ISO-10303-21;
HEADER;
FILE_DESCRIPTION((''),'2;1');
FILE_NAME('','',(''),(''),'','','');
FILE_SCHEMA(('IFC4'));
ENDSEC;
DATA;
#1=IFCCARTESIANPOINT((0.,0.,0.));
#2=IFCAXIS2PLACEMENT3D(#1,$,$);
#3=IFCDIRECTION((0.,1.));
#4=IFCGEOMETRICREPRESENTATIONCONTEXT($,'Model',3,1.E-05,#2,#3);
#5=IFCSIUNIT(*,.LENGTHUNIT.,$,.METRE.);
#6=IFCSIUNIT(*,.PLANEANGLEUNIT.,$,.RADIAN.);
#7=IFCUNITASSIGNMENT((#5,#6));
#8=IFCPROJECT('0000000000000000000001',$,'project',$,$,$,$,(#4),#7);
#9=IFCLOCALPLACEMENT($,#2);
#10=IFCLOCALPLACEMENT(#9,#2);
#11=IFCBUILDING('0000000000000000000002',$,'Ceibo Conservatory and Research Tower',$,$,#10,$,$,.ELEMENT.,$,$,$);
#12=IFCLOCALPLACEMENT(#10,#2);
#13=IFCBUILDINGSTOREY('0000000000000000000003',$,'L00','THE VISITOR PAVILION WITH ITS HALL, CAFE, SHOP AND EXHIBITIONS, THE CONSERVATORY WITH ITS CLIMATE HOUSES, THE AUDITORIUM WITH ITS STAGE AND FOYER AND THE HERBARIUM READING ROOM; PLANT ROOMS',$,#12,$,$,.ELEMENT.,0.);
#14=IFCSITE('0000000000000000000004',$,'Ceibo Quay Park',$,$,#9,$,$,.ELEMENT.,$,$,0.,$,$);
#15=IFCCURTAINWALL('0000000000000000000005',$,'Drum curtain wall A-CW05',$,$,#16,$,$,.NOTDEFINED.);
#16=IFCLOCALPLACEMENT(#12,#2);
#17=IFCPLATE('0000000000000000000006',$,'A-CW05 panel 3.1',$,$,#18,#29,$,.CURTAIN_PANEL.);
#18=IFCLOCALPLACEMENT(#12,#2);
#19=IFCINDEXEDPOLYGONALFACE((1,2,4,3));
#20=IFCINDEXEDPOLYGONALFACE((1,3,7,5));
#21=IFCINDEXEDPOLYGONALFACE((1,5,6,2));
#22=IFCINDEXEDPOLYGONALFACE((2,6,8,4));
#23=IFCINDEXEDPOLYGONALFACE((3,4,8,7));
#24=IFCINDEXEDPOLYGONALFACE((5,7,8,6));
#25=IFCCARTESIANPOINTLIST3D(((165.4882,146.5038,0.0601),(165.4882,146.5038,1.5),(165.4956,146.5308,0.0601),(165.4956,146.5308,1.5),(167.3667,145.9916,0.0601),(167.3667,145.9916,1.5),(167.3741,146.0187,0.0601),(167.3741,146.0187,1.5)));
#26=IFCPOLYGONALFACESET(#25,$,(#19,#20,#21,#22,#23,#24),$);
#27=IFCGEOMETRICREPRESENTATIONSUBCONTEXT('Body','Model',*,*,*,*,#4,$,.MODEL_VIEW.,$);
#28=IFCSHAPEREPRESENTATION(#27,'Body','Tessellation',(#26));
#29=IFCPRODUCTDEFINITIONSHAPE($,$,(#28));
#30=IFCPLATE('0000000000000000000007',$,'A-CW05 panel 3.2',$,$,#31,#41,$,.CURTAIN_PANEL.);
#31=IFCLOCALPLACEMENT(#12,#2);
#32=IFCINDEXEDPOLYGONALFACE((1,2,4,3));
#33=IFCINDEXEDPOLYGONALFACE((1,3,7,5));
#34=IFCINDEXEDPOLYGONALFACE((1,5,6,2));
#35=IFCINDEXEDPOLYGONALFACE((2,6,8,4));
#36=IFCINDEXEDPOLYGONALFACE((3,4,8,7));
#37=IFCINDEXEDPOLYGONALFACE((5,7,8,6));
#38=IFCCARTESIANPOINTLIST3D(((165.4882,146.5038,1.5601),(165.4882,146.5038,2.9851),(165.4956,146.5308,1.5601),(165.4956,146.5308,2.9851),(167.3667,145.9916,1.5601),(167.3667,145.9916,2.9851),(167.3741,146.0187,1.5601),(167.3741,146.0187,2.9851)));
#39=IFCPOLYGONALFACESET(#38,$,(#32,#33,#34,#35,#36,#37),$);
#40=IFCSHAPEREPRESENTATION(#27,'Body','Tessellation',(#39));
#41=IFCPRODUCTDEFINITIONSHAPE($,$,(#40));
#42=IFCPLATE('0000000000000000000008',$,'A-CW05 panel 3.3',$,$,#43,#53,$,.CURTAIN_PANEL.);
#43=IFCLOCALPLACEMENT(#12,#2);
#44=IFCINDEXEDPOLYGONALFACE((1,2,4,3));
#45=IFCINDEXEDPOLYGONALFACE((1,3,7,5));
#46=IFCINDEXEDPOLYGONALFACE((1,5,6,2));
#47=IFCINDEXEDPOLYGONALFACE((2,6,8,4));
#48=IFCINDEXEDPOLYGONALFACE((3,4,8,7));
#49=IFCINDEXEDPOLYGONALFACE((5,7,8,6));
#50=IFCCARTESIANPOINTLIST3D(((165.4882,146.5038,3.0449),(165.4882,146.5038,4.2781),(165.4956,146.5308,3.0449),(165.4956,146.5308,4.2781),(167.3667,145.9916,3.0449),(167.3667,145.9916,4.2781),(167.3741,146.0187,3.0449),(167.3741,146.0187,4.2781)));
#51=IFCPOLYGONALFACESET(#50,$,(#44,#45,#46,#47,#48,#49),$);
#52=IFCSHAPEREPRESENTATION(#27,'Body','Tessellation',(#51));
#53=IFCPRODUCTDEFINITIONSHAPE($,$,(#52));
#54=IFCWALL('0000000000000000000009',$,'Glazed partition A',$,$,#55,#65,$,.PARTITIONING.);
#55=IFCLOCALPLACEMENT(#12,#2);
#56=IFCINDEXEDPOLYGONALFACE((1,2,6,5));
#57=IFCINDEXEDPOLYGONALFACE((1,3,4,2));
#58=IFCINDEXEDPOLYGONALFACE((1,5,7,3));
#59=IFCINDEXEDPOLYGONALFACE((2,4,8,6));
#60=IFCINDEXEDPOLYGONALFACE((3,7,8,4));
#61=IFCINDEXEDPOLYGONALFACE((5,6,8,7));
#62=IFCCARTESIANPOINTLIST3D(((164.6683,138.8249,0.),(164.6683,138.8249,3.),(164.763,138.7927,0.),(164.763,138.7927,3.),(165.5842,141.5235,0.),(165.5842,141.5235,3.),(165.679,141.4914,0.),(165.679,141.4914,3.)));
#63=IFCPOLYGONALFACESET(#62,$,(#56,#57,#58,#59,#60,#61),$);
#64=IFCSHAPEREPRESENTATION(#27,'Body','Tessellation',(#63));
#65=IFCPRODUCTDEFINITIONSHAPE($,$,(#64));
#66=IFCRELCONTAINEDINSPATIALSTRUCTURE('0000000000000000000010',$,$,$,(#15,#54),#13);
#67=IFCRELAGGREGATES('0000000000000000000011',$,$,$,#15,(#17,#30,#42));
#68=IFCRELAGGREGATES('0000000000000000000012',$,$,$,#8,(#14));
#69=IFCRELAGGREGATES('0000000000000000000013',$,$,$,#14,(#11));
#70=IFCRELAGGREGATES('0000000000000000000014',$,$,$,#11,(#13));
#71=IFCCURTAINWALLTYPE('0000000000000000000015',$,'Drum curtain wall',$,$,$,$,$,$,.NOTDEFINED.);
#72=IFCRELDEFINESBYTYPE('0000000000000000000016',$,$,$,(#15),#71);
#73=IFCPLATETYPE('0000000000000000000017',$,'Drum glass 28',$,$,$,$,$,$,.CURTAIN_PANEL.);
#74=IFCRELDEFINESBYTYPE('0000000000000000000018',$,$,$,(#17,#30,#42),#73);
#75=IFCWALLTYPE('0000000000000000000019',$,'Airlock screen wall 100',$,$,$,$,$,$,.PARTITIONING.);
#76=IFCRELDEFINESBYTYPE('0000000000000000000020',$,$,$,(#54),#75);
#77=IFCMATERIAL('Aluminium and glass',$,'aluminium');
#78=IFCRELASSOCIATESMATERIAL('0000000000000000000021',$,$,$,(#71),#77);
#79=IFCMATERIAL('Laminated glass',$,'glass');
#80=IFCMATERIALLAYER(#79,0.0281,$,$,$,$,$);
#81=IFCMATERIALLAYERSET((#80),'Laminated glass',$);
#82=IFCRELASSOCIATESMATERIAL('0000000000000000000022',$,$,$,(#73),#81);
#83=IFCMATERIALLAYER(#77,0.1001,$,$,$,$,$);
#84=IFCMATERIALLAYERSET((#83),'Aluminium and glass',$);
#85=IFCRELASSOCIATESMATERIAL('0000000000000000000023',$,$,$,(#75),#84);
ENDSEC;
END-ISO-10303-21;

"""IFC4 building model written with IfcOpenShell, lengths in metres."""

from ifc_helpers import new_model, si_unit, direction, frame, frame_2d, origin, origin_2d, place, context, subcontext, project, spatial, rectangle, extrude, material, layer, layer_set, type_object, element, aggregate, save


model = new_model("IFC4")

# Units and contexts
model_context = context("Model", 3, precision=1e-05, world=origin(), true_north=direction((0.0, 1.0)))
body_context = subcontext(model_context, "Body", "Model", "MODEL_VIEW")
ifc_project = project(units=[si_unit("LENGTHUNIT", "METRE"), si_unit("PLANEANGLEUNIT", "RADIAN")], contexts=[model_context])

# Site, building, storey
site_placement = place(None, origin())
site = spatial("IfcSite", under=ifc_project, at=site_placement, Name="Ceibo Quay Park", CompositionType="ELEMENT", RefElevation=0.0)
building_placement = place(site_placement, origin())
building = spatial("IfcBuilding", under=site, at=building_placement, Name="Ceibo Conservatory and Research Tower", CompositionType="ELEMENT")
storey_placement = place(building_placement, origin())
storey = spatial("IfcBuildingStorey", under=building, at=storey_placement, Name="L00", Description="THE VISITOR PAVILION WITH ITS HALL, CAFE, SHOP AND EXHIBITIONS, THE CONSERVATORY WITH ITS CLIMATE HOUSES, THE AUDITORIUM WITH ITS STAGE AND FOYER AND THE HERBARIUM READING ROOM; PLANT ROOMS", CompositionType="ELEMENT", Elevation=0.0)

# Shared definitions
ifc_material_1 = material(Name="Aluminium and glass", Category="aluminium")
curtain_wall_type = type_object("IfcCurtainWallType", Name="Drum curtain wall", PredefinedType="NOTDEFINED", material=ifc_material_1)

# Curtain wall
curtain_wall_1_placement = place(storey_placement, origin())
curtain_wall_1 = element("IfcCurtainWall", 1, at=curtain_wall_1_placement, inside=storey, type_object=curtain_wall_type, Name="Drum curtain wall A-CW05", PredefinedType="NOTDEFINED")

# Plates
ifc_material_2 = material(Name="Laminated glass", Category="glass")
ifc_layer_1 = layer(ifc_material_2, 0.0281)
ifc_layer_set_1 = layer_set([ifc_layer_1], Name="Laminated glass")
plate_type_1 = type_object("IfcPlateType", Name="Drum glass 28", PredefinedType="CURTAIN_PANEL", material=ifc_layer_set_1)
plate_1_placement = place(storey_placement, frame((166.4312, 146.2612, 0.0601), z_axis=(0.0, 0.0, 1.0), x_axis=(-0.964787, 0.263031, 0.0)))
plate_1 = element("IfcPlate", 2, at=plate_1_placement, type_object=plate_type_1, Name="A-CW05 panel 3.1", PredefinedType="CURTAIN_PANEL", context=body_context, shape_type="SweptSolid", body=[
    extrude(rectangle(XDim=1.947, YDim=0.0281, at=origin_2d()), origin(), (0.0, 0.0, 1.0), 1.4399),
])
plate_2_placement = place(storey_placement, frame((166.4312, 146.2612, 1.5601), z_axis=(0.0, 0.0, 1.0), x_axis=(-0.964787, 0.263031, 0.0)))
plate_2 = element("IfcPlate", 3, at=plate_2_placement, type_object=plate_type_1, Name="A-CW05 panel 3.2", PredefinedType="CURTAIN_PANEL", context=body_context, shape_type="SweptSolid", body=[
    extrude(rectangle(XDim=1.947, YDim=0.0281, at=origin_2d()), origin(), (0.0, 0.0, 1.0), 1.425),
])
plate_3_placement = place(storey_placement, frame((166.4312, 146.2612, 3.0449), z_axis=(0.0, 0.0, 1.0), x_axis=(-0.964787, 0.263031, 0.0)))
plate_3 = element("IfcPlate", 4, at=plate_3_placement, type_object=plate_type_1, Name="A-CW05 panel 3.3", PredefinedType="CURTAIN_PANEL", context=body_context, shape_type="SweptSolid", body=[
    extrude(rectangle(XDim=1.947, YDim=0.0281, at=origin_2d()), origin(), (0.0, 0.0, 1.0), 1.2332),
])
aggregate(curtain_wall_1, [plate_1, plate_2, plate_3])

# Wall
ifc_layer_2 = layer(ifc_material_1, 0.1001)
ifc_layer_set_2 = layer_set([ifc_layer_2], Name="Aluminium and glass")
wall_type = type_object("IfcWallType", Name="Airlock screen wall 100", PredefinedType="PARTITIONING", material=ifc_layer_set_2)
wall_placement = place(storey_placement, frame((165.6316, 141.5073, 0.0), z_axis=(0.0, 0.0, 1.0), x_axis=(-0.321414, -0.946939, 0.0)))
element("IfcWall", 5, at=wall_placement, inside=storey, type_object=wall_type, Name="Glazed partition A", PredefinedType="PARTITIONING", context=body_context, shape_type="SweptSolid", body=[
    extrude(rectangle(XDim=2.8499, YDim=0.1001, at=frame_2d((1.4248, 0.0))), origin(), (0.0, 0.0, 1.0), 3.0),
])

save(model, "model.ifc")
